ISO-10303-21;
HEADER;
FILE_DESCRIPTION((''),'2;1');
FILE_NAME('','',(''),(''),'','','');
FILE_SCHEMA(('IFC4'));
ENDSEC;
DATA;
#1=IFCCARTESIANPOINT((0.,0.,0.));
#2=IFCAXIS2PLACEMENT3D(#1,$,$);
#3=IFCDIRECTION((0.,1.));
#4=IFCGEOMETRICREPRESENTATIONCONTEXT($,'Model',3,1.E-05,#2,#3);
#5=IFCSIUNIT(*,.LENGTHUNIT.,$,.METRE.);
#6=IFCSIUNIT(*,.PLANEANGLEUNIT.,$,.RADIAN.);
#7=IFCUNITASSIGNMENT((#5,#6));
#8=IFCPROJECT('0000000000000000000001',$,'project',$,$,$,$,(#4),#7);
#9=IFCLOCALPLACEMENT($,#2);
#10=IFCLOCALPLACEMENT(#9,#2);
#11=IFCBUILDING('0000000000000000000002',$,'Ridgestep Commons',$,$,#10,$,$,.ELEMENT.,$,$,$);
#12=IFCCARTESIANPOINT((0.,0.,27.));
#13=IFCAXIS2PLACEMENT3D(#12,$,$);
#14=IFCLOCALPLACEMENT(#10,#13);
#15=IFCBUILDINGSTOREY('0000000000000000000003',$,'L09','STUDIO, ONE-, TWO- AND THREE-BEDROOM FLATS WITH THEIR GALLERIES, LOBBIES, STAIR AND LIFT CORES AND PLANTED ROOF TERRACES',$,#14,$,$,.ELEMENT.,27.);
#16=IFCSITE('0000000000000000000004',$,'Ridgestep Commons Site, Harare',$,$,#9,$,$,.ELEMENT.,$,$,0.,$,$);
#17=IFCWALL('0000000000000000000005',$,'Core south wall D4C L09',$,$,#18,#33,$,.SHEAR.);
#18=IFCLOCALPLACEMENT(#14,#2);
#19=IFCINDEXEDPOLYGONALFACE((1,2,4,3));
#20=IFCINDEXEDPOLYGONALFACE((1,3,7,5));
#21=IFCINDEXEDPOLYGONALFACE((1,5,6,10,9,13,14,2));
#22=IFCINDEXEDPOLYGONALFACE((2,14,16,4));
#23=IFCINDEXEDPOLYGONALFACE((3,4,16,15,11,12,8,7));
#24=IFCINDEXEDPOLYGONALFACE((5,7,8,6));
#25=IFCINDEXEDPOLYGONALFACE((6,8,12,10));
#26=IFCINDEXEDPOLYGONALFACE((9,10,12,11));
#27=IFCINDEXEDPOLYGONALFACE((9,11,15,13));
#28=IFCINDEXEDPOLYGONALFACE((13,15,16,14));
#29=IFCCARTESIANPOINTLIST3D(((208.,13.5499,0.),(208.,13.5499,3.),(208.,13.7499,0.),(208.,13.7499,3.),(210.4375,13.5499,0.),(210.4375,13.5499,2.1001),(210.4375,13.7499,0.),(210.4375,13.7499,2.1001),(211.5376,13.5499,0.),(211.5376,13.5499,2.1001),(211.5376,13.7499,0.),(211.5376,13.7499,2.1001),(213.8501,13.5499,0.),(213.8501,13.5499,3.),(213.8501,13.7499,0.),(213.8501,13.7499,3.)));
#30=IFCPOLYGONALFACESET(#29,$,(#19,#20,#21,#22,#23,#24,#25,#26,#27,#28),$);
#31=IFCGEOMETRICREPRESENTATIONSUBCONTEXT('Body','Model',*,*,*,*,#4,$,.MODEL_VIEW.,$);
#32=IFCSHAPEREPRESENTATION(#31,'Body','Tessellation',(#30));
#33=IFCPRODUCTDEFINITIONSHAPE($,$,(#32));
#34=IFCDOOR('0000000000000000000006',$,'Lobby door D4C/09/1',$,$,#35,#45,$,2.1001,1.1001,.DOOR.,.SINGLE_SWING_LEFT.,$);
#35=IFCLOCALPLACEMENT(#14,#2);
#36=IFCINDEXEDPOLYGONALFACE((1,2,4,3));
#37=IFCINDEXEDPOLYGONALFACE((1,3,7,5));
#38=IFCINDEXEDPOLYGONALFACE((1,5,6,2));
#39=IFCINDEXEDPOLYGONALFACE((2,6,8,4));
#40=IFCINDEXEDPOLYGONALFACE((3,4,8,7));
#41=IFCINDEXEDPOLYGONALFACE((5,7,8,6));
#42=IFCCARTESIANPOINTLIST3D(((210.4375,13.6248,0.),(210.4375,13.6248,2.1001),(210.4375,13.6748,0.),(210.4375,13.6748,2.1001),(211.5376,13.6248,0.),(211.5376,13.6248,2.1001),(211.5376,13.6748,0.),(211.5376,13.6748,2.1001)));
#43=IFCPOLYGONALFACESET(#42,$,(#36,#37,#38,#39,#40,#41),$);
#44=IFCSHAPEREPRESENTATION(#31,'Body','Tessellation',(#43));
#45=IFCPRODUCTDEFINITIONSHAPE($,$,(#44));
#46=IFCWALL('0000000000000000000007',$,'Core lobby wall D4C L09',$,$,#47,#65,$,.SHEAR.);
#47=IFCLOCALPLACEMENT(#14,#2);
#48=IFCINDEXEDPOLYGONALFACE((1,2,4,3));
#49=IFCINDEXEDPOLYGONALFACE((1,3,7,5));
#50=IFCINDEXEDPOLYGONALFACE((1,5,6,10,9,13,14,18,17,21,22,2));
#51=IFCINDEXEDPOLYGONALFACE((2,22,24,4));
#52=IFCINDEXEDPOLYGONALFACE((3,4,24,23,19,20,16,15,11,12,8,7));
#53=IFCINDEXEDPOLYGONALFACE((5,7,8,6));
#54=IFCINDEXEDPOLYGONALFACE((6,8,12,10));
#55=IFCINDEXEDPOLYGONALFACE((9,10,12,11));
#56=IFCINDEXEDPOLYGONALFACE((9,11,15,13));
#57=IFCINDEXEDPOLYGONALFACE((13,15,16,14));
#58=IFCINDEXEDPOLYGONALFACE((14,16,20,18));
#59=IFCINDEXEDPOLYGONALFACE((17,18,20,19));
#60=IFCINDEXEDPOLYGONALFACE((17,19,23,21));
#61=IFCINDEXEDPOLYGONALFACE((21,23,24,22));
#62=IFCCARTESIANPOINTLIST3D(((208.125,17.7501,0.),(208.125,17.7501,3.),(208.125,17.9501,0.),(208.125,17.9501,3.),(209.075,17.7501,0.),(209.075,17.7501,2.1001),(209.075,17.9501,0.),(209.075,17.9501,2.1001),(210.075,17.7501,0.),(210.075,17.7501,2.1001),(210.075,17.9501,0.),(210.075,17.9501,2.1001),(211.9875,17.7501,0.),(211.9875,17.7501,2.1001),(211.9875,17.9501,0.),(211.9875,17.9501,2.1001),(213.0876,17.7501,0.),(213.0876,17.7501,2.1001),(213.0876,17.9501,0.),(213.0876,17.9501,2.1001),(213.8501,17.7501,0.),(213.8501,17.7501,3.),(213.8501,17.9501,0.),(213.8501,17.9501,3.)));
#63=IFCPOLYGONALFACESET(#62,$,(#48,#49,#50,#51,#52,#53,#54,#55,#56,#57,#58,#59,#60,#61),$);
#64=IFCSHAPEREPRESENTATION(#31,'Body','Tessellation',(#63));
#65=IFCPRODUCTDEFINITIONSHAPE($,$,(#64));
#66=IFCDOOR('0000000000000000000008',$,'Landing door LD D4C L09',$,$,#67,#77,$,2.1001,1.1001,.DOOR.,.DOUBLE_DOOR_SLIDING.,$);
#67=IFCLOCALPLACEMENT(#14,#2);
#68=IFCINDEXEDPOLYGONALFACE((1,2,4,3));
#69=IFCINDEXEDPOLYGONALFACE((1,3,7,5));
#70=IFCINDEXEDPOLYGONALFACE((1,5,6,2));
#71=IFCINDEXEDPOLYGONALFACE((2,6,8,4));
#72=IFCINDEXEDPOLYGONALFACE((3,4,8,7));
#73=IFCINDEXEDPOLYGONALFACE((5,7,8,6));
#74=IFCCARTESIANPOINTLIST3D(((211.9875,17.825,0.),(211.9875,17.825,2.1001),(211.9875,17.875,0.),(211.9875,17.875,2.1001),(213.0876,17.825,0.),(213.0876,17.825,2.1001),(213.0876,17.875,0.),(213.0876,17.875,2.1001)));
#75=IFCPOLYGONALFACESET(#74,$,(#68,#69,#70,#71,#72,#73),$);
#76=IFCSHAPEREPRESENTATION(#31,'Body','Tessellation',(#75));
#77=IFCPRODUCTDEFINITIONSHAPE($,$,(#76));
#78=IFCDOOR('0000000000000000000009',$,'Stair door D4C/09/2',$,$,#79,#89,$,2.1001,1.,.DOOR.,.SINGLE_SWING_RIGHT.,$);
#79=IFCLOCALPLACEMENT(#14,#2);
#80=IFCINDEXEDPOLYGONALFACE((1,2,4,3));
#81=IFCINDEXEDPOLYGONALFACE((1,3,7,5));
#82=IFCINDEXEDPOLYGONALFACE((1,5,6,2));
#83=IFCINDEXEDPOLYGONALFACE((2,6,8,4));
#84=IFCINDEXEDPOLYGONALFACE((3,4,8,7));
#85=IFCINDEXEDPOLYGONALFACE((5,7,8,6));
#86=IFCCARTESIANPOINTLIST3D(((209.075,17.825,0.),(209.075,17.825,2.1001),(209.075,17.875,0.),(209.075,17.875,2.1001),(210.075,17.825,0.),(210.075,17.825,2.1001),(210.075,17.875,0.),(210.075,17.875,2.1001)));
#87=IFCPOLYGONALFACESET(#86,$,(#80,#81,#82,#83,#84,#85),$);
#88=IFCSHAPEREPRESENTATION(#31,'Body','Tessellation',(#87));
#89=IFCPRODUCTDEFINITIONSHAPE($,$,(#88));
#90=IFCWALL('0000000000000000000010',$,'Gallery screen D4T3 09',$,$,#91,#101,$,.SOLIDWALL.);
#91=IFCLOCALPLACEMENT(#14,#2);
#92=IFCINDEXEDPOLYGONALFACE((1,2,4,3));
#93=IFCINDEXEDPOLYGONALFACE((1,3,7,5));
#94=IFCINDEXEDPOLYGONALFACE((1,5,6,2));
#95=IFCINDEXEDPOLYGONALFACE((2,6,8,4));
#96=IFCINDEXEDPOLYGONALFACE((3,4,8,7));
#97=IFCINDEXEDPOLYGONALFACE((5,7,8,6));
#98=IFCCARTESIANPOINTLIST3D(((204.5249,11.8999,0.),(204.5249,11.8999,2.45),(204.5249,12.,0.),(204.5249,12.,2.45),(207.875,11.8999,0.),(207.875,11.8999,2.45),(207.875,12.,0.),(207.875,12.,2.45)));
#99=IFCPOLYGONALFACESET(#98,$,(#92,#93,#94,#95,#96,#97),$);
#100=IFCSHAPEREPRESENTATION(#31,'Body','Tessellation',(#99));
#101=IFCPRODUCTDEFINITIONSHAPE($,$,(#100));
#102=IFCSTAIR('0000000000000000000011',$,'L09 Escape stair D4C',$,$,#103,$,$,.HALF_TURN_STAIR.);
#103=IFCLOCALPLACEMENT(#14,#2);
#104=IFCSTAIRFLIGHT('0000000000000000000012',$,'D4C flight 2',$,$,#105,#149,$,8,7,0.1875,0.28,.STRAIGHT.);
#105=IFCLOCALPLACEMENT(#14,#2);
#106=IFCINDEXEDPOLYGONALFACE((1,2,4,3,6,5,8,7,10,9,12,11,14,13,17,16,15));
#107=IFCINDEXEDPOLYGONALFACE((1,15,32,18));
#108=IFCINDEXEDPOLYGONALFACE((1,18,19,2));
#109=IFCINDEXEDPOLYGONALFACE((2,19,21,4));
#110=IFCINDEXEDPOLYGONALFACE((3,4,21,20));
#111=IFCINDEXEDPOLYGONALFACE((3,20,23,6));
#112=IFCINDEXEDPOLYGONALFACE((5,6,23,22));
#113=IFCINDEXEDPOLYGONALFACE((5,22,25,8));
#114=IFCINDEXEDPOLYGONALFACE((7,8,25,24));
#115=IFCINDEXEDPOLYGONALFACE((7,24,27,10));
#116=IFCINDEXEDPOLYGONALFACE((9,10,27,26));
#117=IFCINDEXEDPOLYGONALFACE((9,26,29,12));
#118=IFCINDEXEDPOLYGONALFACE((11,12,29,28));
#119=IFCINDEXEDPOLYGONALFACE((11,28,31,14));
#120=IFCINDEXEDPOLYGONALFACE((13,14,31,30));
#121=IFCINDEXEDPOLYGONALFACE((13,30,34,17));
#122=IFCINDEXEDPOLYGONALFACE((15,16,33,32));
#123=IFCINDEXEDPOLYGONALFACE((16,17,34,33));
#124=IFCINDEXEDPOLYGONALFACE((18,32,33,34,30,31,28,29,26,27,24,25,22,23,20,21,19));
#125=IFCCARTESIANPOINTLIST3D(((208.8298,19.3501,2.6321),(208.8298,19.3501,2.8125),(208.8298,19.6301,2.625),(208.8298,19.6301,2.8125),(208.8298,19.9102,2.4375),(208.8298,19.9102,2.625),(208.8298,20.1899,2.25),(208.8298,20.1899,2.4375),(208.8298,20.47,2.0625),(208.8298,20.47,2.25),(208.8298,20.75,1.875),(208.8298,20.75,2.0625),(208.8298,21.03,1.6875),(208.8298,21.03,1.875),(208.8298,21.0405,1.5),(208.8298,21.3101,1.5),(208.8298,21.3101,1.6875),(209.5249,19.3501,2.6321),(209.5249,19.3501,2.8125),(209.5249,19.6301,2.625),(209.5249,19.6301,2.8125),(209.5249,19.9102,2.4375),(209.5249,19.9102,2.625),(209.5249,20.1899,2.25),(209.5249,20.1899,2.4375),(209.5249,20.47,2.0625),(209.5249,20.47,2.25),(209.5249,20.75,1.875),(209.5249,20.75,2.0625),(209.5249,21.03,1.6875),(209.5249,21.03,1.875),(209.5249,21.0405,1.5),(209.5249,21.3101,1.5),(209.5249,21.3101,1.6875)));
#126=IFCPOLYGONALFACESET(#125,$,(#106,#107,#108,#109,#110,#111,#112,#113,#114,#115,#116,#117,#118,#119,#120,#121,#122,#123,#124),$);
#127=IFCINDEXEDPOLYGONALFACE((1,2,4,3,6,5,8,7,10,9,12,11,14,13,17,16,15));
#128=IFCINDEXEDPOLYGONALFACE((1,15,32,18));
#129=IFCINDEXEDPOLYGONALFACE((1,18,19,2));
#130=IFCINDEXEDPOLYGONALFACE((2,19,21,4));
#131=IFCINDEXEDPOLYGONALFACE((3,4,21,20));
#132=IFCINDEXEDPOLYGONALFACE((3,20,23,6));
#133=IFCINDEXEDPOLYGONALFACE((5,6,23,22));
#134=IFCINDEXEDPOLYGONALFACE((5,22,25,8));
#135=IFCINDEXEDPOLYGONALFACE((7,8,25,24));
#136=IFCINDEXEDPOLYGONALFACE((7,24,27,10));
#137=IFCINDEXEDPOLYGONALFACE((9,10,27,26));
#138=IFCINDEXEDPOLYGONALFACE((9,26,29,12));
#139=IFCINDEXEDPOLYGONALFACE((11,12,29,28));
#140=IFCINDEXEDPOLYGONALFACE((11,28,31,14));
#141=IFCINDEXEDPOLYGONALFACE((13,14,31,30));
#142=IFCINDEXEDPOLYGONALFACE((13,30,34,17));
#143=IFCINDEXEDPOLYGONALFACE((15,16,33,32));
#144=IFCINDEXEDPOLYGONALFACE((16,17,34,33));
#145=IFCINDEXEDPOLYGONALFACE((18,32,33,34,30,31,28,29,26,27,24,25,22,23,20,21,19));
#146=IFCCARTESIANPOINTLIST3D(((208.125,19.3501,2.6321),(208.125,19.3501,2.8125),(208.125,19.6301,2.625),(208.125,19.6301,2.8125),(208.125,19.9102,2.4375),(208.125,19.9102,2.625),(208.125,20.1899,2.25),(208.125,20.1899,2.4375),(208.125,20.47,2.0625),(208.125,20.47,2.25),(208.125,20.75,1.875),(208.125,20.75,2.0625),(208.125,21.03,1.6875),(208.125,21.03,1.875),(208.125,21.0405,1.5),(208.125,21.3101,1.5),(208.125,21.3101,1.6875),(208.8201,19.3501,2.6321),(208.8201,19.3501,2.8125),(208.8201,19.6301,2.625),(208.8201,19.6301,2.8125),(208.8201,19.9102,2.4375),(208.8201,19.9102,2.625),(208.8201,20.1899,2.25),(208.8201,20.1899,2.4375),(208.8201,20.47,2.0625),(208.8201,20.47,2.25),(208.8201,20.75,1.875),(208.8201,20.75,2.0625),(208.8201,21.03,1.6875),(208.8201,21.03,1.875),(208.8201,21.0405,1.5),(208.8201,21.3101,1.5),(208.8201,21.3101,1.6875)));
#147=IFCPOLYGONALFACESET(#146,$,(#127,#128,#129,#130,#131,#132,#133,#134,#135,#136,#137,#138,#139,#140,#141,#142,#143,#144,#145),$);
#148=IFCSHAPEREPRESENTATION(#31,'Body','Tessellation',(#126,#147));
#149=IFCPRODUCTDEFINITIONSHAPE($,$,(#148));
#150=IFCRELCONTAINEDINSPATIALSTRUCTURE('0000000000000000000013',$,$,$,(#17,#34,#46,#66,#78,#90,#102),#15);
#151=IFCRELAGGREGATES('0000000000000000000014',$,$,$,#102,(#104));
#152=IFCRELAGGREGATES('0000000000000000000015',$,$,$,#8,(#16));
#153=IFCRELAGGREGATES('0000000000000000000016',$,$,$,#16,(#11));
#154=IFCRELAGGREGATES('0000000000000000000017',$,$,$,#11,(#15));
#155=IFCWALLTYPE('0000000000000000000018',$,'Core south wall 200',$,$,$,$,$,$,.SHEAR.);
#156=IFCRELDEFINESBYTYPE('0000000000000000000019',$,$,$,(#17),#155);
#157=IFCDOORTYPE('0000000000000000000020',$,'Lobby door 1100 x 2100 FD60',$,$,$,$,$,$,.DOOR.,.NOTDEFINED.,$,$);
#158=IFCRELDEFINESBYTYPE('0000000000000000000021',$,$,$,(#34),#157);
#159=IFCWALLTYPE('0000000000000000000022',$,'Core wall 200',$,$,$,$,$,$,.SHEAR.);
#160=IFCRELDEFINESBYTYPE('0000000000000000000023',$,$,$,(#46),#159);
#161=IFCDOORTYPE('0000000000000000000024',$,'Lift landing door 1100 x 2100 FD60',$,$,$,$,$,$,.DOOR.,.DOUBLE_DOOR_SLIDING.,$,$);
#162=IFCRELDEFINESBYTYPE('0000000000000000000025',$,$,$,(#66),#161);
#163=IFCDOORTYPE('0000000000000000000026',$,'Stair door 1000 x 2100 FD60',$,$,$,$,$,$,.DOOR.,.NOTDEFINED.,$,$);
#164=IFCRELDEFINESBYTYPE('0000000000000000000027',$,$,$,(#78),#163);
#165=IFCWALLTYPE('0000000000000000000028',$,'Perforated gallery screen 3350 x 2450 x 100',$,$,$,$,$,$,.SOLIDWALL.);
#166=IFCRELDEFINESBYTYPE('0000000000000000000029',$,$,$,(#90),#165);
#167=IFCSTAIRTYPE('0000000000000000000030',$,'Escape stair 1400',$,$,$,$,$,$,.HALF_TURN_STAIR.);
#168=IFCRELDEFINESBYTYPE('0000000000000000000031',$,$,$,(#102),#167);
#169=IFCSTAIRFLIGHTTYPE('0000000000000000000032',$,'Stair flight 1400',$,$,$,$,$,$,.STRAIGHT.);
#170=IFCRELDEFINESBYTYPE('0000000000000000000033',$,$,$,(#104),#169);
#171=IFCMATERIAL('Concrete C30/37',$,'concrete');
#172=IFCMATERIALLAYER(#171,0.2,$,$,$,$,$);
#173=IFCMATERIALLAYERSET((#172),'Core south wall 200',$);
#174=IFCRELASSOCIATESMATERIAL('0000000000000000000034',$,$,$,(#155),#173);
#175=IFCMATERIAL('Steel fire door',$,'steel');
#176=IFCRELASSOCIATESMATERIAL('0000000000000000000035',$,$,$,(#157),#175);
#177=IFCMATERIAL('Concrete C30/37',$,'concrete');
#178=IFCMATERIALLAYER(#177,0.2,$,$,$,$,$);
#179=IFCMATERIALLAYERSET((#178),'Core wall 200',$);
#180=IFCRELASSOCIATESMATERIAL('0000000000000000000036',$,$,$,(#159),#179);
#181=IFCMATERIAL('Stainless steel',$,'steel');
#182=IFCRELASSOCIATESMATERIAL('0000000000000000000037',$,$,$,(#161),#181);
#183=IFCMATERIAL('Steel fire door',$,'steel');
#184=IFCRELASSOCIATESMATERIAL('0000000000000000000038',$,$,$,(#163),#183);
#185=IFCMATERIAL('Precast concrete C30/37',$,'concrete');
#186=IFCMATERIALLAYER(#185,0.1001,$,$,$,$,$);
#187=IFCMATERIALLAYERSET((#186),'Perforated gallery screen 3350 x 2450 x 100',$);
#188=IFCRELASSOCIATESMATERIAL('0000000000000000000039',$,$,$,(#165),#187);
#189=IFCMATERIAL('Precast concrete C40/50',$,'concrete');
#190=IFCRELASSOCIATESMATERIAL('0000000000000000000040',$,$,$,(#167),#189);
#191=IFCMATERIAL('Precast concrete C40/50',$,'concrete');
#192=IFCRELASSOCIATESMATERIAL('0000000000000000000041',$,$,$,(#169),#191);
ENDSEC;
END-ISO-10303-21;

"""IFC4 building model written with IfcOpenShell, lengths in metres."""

from ifc_helpers import new_model, si_unit, direction, frame, frame_2d, origin, place, context, subcontext, project, spatial, polyline, rectangle, outline, extrude, material, layer, layer_set, type_object, element, fill, aggregate, save


model = new_model("IFC4")

# Units and contexts
model_context = context("Model", 3, precision=1e-05, world=origin(), true_north=direction((0.0, 1.0)))
body_context = subcontext(model_context, "Body", "Model", "MODEL_VIEW")
ifc_project = project(units=[si_unit("LENGTHUNIT", "METRE"), si_unit("PLANEANGLEUNIT", "RADIAN")], contexts=[model_context])

# Site, building, storey
site_placement = place(None, origin())
site = spatial("IfcSite", under=ifc_project, at=site_placement, Name="Ridgestep Commons Site, Harare", CompositionType="ELEMENT", RefElevation=0.0)
building_placement = place(site_placement, origin())
building = spatial("IfcBuilding", under=site, at=building_placement, Name="Ridgestep Commons", CompositionType="ELEMENT")
storey_placement = place(building_placement, frame((0.0, 0.0, 27.0)))
storey = spatial("IfcBuildingStorey", under=building, at=storey_placement, Name="L09", Description="STUDIO, ONE-, TWO- AND THREE-BEDROOM FLATS WITH THEIR GALLERIES, LOBBIES, STAIR AND LIFT CORES AND PLANTED ROOF TERRACES", CompositionType="ELEMENT", Elevation=27.0)

# Wall, opening, door
ifc_material_1 = material(Name="Concrete C30/37", Category="concrete")
ifc_layer_1 = layer(ifc_material_1, 0.2)
ifc_layer_set_1 = layer_set([ifc_layer_1], Name="Core south wall 200")
wall_type_1 = type_object("IfcWallType", Name="Core south wall 200", PredefinedType="SHEAR", material=ifc_layer_set_1)
wall_1_placement = place(storey_placement, frame((208.0, 13.6499, 0.0), z_axis=(0.0, 0.0, 1.0), x_axis=(1.0, 0.0, 0.0)))
wall_1 = element("IfcWall", 1, at=wall_1_placement, inside=storey, type_object=wall_type_1, Name="Core south wall D4C L09", PredefinedType="SHEAR", context=body_context, shape_type="SweptSolid", body=[
    extrude(rectangle(XDim=5.8501, YDim=0.2, at=frame_2d((2.925, 0.0))), origin(), (0.0, 0.0, 1.0), 3.0),
])
opening_1_placement = place(wall_1_placement, frame((2.4375, 0.0, 0.0)))
opening_1 = element("IfcOpeningElement", 2, at=opening_1_placement, cuts=wall_1, PredefinedType="OPENING", context=body_context, shape_type="SweptSolid", body=[
    extrude(rectangle(XDim=1.1001, YDim=2.1001, at=frame_2d((0.55, 1.05))), frame((0.0, 0.1099, 0.0), z_axis=(0.0, -1.0, 0.0), x_axis=(1.0, 0.0, 0.0)), (0.0, 0.0, 1.0), 0.22),
])
ifc_material_2 = material(Name="Steel fire door", Category="steel")
door_type_1 = type_object("IfcDoorType", Name="Lobby door 1100 x 2100 FD60", OperationType="NOTDEFINED", PredefinedType="DOOR", material=ifc_material_2)
door_1_placement = place(opening_1_placement, origin())
door_1 = element("IfcDoor", 3, at=door_1_placement, inside=storey, type_object=door_type_1, Name="Lobby door D4C/09/1", OperationType="SINGLE_SWING_LEFT", OverallHeight=2.1001, OverallWidth=1.1001, PredefinedType="DOOR", context=body_context, shape_type="SweptSolid", body=[
    extrude(rectangle(XDim=1.1001, YDim=2.1001, at=frame_2d((0.55, 1.05))), frame((0.0, 0.0249, 0.0), z_axis=(0.0, -1.0, 0.0), x_axis=(1.0, 0.0, 0.0)), (0.0, 0.0, 1.0), 0.05),
])
fill(opening_1, door_1)

# Wall, openings, doors
ifc_material_3 = material(Name="Concrete C30/37", Category="concrete")
ifc_layer_2 = layer(ifc_material_3, 0.2)
ifc_layer_set_2 = layer_set([ifc_layer_2], Name="Core wall 200")
wall_type_2 = type_object("IfcWallType", Name="Core wall 200", PredefinedType="SHEAR", material=ifc_layer_set_2)
wall_2_placement = place(storey_placement, frame((208.125, 17.8501, 0.0), z_axis=(0.0, 0.0, 1.0), x_axis=(1.0, 0.0, 0.0)))
wall_2 = element("IfcWall", 4, at=wall_2_placement, inside=storey, type_object=wall_type_2, Name="Core lobby wall D4C L09", PredefinedType="SHEAR", context=body_context, shape_type="SweptSolid", body=[
    extrude(rectangle(XDim=5.7251, YDim=0.2, at=frame_2d((2.8625, 0.0))), origin(), (0.0, 0.0, 1.0), 3.0),
])
opening_2_placement = place(wall_2_placement, frame((0.95, 0.0, 0.0)))
opening_2 = element("IfcOpeningElement", 5, at=opening_2_placement, cuts=wall_2, PredefinedType="OPENING", context=body_context, shape_type="SweptSolid", body=[
    extrude(rectangle(XDim=1.0, YDim=2.1001, at=frame_2d((0.5, 1.05))), frame((0.0, 0.1099, 0.0), z_axis=(0.0, -1.0, 0.0), x_axis=(1.0, 0.0, 0.0)), (0.0, 0.0, 1.0), 0.22),
])
opening_3_placement = place(wall_2_placement, frame((3.8625, 0.0, 0.0)))
opening_3 = element("IfcOpeningElement", 6, at=opening_3_placement, cuts=wall_2, PredefinedType="OPENING", context=body_context, shape_type="SweptSolid", body=[
    extrude(rectangle(XDim=1.1001, YDim=2.1001, at=frame_2d((0.55, 1.05))), frame((0.0, 0.1099, 0.0), z_axis=(0.0, -1.0, 0.0), x_axis=(1.0, 0.0, 0.0)), (0.0, 0.0, 1.0), 0.22),
])
ifc_material_4 = material(Name="Stainless steel", Category="steel")
door_type_2 = type_object("IfcDoorType", Name="Lift landing door 1100 x 2100 FD60", OperationType="DOUBLE_DOOR_SLIDING", PredefinedType="DOOR", material=ifc_material_4)
door_2_placement = place(opening_3_placement, origin())
door_2 = element("IfcDoor", 7, at=door_2_placement, inside=storey, type_object=door_type_2, Name="Landing door LD D4C L09", OperationType="DOUBLE_DOOR_SLIDING", OverallHeight=2.1001, OverallWidth=1.1001, PredefinedType="DOOR", context=body_context, shape_type="SweptSolid", body=[
    extrude(rectangle(XDim=1.1001, YDim=2.1001, at=frame_2d((0.55, 1.05))), frame((0.0, 0.0249, 0.0), z_axis=(0.0, -1.0, 0.0), x_axis=(1.0, 0.0, 0.0)), (0.0, 0.0, 1.0), 0.05),
])
fill(opening_3, door_2)
ifc_material_5 = material(Name="Steel fire door", Category="steel")
door_type_3 = type_object("IfcDoorType", Name="Stair door 1000 x 2100 FD60", OperationType="NOTDEFINED", PredefinedType="DOOR", material=ifc_material_5)
door_3_placement = place(opening_2_placement, origin())
door_3 = element("IfcDoor", 8, at=door_3_placement, inside=storey, type_object=door_type_3, Name="Stair door D4C/09/2", OperationType="SINGLE_SWING_RIGHT", OverallHeight=2.1001, OverallWidth=1.0, PredefinedType="DOOR", context=body_context, shape_type="SweptSolid", body=[
    extrude(rectangle(XDim=1.0, YDim=2.1001, at=frame_2d((0.5, 1.05))), frame((0.0, 0.0249, 0.0), z_axis=(0.0, -1.0, 0.0), x_axis=(1.0, 0.0, 0.0)), (0.0, 0.0, 1.0), 0.05),
])
fill(opening_2, door_3)

# Wall
ifc_material_6 = material(Name="Precast concrete C30/37", Category="concrete")
ifc_layer_3 = layer(ifc_material_6, 0.1001)
ifc_layer_set_3 = layer_set([ifc_layer_3], Name="Perforated gallery screen 3350 x 2450 x 100")
wall_type_3 = type_object("IfcWallType", Name="Perforated gallery screen 3350 x 2450 x 100", PredefinedType="SOLIDWALL", material=ifc_layer_set_3)
wall_3_placement = place(storey_placement, frame((204.5249, 11.95, 0.0), z_axis=(0.0, 0.0, 1.0), x_axis=(1.0, 0.0, 0.0)))
element("IfcWall", 9, at=wall_3_placement, inside=storey, type_object=wall_type_3, Name="Gallery screen D4T3 09", PredefinedType="SOLIDWALL", context=body_context, shape_type="SweptSolid", body=[
    extrude(rectangle(XDim=3.3501, YDim=0.1001, at=frame_2d((1.675, 0.0))), origin(), (0.0, 0.0, 1.0), 2.45),
])

# Stair, stair flight
ifc_material_7 = material(Name="Precast concrete C40/50", Category="concrete")
stair_type = type_object("IfcStairType", Name="Escape stair 1400", PredefinedType="HALF_TURN_STAIR", material=ifc_material_7)
stair_placement = place(storey_placement, origin())
stair = element("IfcStair", 10, at=stair_placement, inside=storey, type_object=stair_type, Name="L09 Escape stair D4C", PredefinedType="HALF_TURN_STAIR")
ifc_material_8 = material(Name="Precast concrete C40/50", Category="concrete")
stair_flight_type = type_object("IfcStairFlightType", Name="Stair flight 1400", PredefinedType="STRAIGHT", material=ifc_material_8)
stair_flight_placement = place(storey_placement, frame((208.825, 21.3101, 1.5), z_axis=(0.0, 0.0, 1.0), x_axis=(0.0, -1.0, 0.0)))
stair_flight = element("IfcStairFlight", 11, at=stair_flight_placement, type_object=stair_flight_type, Name="D4C flight 2", NumberOfRisers=8, NumberOfTreads=7, PredefinedType="STRAIGHT", RiserHeight=0.1875, TreadLength=0.28, context=body_context, shape_type="SweptSolid", body=[
    extrude(outline(polyline([(0.0, 0.0), (0.0, 0.1875), (0.28, 0.1875), (0.28, 0.375), (0.5601, 0.375), (0.5601, 0.5625), (0.8401, 0.5625), (0.8401, 0.75), (1.1201, 0.75), (1.1201, 0.9375), (1.3999, 0.9375), (1.3999, 1.125), (1.6799, 1.125), (1.6799, 1.3125), (1.96, 1.3125), (1.96, 1.5), (1.96, 1.1321), (0.2695, 0.0), (0.0, 0.0)])), frame((0.0, 0.7, 0.0), z_axis=(0.0, -1.0, 0.0), x_axis=(1.0, 0.0, 0.0)), (0.0, 0.0, 1.0), 0.6951),
    extrude(outline(polyline([(0.0, 0.0), (0.0, 0.1875), (0.28, 0.1875), (0.28, 0.375), (0.5601, 0.375), (0.5601, 0.5625), (0.8401, 0.5625), (0.8401, 0.75), (1.1201, 0.75), (1.1201, 0.9375), (1.3999, 0.9375), (1.3999, 1.125), (1.6799, 1.125), (1.6799, 1.3125), (1.96, 1.3125), (1.96, 1.5), (1.96, 1.1321), (0.2695, 0.0), (0.0, 0.0)])), frame((0.0, -0.0049, 0.0), z_axis=(0.0, -1.0, 0.0), x_axis=(1.0, 0.0, 0.0)), (0.0, 0.0, 1.0), 0.6951),
])
aggregate(stair, [stair_flight])

save(model, "model.ifc")
